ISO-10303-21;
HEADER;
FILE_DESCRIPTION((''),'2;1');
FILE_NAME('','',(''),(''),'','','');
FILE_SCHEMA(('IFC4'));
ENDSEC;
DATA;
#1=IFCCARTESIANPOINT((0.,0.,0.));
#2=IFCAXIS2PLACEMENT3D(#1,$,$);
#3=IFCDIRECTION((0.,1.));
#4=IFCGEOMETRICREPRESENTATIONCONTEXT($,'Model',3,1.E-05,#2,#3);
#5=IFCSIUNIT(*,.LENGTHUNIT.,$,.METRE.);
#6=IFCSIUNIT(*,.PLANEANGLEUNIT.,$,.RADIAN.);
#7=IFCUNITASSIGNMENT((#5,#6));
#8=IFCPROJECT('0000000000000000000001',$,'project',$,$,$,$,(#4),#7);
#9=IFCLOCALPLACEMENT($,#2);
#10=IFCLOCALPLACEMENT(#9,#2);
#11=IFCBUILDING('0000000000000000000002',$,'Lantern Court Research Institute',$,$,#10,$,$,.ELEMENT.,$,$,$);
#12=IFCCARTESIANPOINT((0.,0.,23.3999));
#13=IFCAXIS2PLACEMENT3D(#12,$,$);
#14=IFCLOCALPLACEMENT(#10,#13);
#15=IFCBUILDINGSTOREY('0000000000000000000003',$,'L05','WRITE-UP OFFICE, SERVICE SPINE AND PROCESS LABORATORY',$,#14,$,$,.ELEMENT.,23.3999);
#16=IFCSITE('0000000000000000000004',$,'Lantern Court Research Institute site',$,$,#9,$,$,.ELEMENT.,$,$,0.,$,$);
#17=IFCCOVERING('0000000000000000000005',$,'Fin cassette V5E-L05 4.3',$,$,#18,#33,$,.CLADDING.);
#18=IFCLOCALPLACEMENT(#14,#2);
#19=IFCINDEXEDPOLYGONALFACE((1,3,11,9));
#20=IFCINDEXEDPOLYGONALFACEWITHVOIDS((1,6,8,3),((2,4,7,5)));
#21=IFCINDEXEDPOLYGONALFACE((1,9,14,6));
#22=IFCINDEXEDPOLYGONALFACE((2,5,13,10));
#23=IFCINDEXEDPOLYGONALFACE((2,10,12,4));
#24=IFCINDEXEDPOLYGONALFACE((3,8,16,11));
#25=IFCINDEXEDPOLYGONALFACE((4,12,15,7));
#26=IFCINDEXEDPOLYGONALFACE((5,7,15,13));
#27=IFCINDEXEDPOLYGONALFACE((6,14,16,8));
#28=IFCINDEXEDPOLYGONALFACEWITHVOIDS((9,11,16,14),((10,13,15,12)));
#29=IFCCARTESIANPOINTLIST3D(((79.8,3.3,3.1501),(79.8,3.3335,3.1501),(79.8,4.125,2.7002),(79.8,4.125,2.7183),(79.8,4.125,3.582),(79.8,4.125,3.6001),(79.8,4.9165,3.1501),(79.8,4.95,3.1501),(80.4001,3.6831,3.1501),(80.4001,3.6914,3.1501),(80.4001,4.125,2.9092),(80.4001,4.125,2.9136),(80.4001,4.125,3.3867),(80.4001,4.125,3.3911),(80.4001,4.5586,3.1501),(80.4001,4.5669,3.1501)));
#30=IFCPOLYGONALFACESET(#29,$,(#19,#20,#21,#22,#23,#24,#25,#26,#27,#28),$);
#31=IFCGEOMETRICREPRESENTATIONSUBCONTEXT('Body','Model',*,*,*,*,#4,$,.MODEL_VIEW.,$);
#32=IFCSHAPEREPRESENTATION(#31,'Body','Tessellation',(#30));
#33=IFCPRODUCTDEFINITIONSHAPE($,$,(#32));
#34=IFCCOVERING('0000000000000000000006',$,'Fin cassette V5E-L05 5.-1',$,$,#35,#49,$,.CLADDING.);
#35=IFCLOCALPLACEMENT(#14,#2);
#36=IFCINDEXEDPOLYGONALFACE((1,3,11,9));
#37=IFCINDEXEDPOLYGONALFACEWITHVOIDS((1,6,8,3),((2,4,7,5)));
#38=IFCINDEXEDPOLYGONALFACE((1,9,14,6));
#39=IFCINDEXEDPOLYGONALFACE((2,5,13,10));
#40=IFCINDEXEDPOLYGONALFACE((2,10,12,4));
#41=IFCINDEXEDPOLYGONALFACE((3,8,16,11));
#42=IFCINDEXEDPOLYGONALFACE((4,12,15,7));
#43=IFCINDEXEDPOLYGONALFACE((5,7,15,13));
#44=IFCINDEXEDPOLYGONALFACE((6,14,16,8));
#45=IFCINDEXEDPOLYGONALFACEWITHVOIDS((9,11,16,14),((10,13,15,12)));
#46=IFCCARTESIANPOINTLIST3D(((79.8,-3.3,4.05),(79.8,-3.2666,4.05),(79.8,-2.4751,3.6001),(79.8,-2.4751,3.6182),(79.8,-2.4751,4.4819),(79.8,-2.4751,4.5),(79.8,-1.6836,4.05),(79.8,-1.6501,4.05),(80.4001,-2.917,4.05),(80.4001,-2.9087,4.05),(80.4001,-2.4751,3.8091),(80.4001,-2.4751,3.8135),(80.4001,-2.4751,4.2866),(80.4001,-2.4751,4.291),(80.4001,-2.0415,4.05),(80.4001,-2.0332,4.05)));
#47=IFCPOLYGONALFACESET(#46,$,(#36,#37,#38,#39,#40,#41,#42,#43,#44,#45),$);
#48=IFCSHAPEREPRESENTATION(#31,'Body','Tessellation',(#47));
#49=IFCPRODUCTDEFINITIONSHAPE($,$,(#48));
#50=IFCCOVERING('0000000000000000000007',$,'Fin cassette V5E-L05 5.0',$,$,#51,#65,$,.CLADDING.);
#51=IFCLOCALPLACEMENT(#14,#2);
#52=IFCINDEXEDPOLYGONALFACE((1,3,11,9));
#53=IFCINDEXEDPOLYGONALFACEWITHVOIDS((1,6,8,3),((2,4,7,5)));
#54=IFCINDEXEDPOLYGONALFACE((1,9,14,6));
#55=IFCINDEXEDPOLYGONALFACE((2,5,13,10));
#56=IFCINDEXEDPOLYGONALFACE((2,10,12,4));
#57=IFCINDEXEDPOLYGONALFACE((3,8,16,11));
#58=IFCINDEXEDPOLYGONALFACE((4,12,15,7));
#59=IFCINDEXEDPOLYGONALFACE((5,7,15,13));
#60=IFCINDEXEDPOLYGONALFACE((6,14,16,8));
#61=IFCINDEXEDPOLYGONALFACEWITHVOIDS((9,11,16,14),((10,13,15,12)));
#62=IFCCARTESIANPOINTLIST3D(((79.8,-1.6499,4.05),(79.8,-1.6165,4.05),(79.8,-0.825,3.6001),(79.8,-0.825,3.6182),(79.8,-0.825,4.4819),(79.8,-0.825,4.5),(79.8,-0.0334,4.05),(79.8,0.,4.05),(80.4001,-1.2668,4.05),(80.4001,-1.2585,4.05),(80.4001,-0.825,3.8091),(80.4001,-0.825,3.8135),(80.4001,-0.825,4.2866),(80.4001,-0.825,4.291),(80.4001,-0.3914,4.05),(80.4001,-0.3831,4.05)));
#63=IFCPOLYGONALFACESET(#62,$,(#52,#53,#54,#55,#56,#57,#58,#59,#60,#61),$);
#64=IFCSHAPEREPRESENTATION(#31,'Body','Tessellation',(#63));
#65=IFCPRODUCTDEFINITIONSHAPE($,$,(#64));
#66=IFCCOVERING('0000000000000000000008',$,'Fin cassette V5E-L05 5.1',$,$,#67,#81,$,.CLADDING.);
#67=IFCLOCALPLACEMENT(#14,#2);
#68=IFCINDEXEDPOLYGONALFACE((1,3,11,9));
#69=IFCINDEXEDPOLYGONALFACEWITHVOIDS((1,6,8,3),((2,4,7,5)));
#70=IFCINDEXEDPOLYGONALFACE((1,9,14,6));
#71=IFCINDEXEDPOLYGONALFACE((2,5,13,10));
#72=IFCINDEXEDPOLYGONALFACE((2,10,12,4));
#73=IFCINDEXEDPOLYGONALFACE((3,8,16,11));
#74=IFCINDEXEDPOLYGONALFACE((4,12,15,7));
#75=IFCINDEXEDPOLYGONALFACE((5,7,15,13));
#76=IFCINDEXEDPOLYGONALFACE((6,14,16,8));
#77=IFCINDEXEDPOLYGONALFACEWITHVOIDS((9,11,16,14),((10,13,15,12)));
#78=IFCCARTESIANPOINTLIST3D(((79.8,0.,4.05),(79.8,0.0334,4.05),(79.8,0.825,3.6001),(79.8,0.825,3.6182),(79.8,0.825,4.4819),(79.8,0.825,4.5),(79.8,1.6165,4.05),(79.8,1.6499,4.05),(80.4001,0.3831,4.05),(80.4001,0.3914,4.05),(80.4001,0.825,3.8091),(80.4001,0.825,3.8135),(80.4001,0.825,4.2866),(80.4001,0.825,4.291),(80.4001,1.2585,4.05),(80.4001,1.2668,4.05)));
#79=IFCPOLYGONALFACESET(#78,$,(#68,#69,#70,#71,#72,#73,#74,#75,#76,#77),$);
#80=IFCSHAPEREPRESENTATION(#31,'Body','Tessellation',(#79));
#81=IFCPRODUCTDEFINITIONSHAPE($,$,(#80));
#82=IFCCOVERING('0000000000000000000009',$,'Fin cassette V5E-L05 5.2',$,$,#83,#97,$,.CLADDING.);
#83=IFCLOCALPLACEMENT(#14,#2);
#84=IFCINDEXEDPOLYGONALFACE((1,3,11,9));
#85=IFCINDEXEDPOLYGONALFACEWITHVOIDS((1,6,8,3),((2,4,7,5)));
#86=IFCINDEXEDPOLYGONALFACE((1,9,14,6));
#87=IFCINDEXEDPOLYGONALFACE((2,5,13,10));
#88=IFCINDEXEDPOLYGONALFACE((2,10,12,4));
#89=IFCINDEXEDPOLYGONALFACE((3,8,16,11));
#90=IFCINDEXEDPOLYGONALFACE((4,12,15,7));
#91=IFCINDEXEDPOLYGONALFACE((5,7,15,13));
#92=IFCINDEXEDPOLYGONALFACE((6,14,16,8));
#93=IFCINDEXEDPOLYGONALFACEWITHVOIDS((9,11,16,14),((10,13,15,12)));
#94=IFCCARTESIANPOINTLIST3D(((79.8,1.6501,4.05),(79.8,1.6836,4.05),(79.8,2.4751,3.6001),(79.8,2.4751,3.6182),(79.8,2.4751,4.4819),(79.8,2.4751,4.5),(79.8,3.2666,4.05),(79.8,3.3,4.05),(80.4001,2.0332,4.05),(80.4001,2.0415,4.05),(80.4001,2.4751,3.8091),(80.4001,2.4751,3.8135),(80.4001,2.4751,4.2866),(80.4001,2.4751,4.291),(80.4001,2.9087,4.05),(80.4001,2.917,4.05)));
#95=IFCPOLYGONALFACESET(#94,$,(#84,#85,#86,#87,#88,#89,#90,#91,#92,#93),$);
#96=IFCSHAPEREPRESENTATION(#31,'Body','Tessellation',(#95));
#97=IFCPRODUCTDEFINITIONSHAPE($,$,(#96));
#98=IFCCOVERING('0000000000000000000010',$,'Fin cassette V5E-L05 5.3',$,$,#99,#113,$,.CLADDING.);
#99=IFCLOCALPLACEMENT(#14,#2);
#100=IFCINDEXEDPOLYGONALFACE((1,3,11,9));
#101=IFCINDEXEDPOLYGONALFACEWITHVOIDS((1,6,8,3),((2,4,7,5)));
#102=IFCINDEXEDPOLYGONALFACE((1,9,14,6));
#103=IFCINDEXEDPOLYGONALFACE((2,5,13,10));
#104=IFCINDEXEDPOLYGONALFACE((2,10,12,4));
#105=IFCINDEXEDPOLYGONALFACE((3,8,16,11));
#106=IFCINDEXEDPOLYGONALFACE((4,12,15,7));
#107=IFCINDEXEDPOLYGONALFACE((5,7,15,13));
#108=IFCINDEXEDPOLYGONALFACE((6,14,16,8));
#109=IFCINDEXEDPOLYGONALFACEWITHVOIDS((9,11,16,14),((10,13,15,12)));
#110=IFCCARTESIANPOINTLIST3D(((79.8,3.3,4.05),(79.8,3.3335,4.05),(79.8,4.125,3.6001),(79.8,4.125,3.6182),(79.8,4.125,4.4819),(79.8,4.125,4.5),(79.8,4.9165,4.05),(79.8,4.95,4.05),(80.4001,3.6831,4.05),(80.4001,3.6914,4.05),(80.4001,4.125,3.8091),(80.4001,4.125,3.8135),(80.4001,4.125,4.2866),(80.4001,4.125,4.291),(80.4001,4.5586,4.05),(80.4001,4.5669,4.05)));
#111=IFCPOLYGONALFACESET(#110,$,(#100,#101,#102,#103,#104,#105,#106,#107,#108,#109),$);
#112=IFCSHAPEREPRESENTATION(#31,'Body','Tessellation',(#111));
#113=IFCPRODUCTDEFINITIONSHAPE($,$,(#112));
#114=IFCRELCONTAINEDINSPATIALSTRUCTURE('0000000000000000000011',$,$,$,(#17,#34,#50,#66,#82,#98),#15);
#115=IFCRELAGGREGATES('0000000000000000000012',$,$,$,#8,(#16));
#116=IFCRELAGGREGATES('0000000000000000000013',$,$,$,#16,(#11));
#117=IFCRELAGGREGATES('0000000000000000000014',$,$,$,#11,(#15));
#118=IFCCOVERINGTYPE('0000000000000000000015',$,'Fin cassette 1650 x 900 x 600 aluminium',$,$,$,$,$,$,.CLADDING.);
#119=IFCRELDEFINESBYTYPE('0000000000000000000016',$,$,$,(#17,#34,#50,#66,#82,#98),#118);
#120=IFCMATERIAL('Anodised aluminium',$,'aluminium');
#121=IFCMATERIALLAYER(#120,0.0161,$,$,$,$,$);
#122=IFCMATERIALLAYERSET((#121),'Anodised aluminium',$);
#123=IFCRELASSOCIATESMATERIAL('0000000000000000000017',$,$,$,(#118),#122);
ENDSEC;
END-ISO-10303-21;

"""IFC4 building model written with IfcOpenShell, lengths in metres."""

from ifc_helpers import new_model, entity, si_unit, direction, frame, origin, place, context, subcontext, project, spatial, material, layer, layer_set, type_object, element, save


model = new_model("IFC4")

# Units and contexts
model_context = context("Model", 3, precision=1e-05, world=origin(), true_north=direction((0.0, 1.0)))
body_context = subcontext(model_context, "Body", "Model", "MODEL_VIEW")
ifc_project = project(units=[si_unit("LENGTHUNIT", "METRE"), si_unit("PLANEANGLEUNIT", "RADIAN")], contexts=[model_context])

# Site, building, storey
site_placement = place(None, origin())
site = spatial("IfcSite", under=ifc_project, at=site_placement, Name="Lantern Court Research Institute site", CompositionType="ELEMENT", RefElevation=0.0)
building_placement = place(site_placement, origin())
building = spatial("IfcBuilding", under=site, at=building_placement, Name="Lantern Court Research Institute", CompositionType="ELEMENT")
storey_placement = place(building_placement, frame((0.0, 0.0, 23.3999)))
storey = spatial("IfcBuildingStorey", under=building, at=storey_placement, Name="L05", Description="WRITE-UP OFFICE, SERVICE SPINE AND PROCESS LABORATORY", CompositionType="ELEMENT", Elevation=23.3999)

# Coverings
ifc_material_1 = material(Name="Anodised aluminium", Category="aluminium")
ifc_layer_1 = layer(ifc_material_1, 0.0161)
ifc_layer_set_1 = layer_set([ifc_layer_1], Name="Anodised aluminium")
covering_type = type_object("IfcCoveringType", Name="Fin cassette 1650 x 900 x 600 aluminium", PredefinedType="CLADDING", material=ifc_layer_set_1)
covering_1_placement = place(storey_placement, frame((79.8, 4.125, 3.1501), z_axis=(1.0, 0.0, 0.0), x_axis=(0.0, 1.0, 0.0)))
cartesian_point_1 = entity("IfcCartesianPoint", [0.825, 0.0])
cartesian_point_2 = entity("IfcCartesianPoint", [0.7915, 0.0])
cartesian_point_3 = entity("IfcCartesianPoint", [0.4419, 0.0])
cartesian_point_4 = entity("IfcCartesianPoint", [0.4336, 0.0])
element("IfcCovering", 1, at=covering_1_placement, inside=storey, type_object=covering_type, Name="Fin cassette V5E-L05 4.3", PredefinedType="CLADDING", context=body_context, shape_type="SweptSolid", body=[
    entity("IfcExtrudedAreaSolidTapered", entity("IfcArbitraryProfileDefWithVoids", "AREA", None, entity("IfcPolyline", [cartesian_point_1, entity("IfcCartesianPoint", [0.0, 0.45]), entity("IfcCartesianPoint", [-0.825, 0.0]), entity("IfcCartesianPoint", [0.0, -0.45]), cartesian_point_1]), [entity("IfcPolyline", [cartesian_point_2, entity("IfcCartesianPoint", [0.0, 0.4319]), entity("IfcCartesianPoint", [-0.7915, 0.0]), entity("IfcCartesianPoint", [0.0, -0.4319]), cartesian_point_2])]), entity("IfcAxis2Placement3D", entity("IfcCartesianPoint", [0.0, 0.0, 0.0])), entity("IfcDirection", [0.0, 0.0, 1.0]), 0.6001, entity("IfcArbitraryProfileDefWithVoids", "AREA", None, entity("IfcPolyline", [cartesian_point_3, entity("IfcCartesianPoint", [0.0, 0.241]), entity("IfcCartesianPoint", [-0.4419, 0.0]), entity("IfcCartesianPoint", [0.0, -0.241]), cartesian_point_3]), [entity("IfcPolyline", [cartesian_point_4, entity("IfcCartesianPoint", [0.0, 0.2366]), entity("IfcCartesianPoint", [-0.4336, 0.0]), entity("IfcCartesianPoint", [0.0, -0.2366]), cartesian_point_4])])),
])
covering_2_placement = place(storey_placement, frame((79.8, -2.4751, 4.05), z_axis=(1.0, 0.0, 0.0), x_axis=(0.0, 1.0, 0.0)))
cartesian_point_5 = entity("IfcCartesianPoint", [0.825, 0.0])
cartesian_point_6 = entity("IfcCartesianPoint", [0.7915, 0.0])
cartesian_point_7 = entity("IfcCartesianPoint", [0.4419, 0.0])
cartesian_point_8 = entity("IfcCartesianPoint", [0.4336, 0.0])
element("IfcCovering", 2, at=covering_2_placement, inside=storey, type_object=covering_type, Name="Fin cassette V5E-L05 5.-1", PredefinedType="CLADDING", context=body_context, shape_type="SweptSolid", body=[
    entity("IfcExtrudedAreaSolidTapered", entity("IfcArbitraryProfileDefWithVoids", "AREA", None, entity("IfcPolyline", [cartesian_point_5, entity("IfcCartesianPoint", [0.0, 0.45]), entity("IfcCartesianPoint", [-0.825, 0.0]), entity("IfcCartesianPoint", [0.0, -0.45]), cartesian_point_5]), [entity("IfcPolyline", [cartesian_point_6, entity("IfcCartesianPoint", [0.0, 0.4319]), entity("IfcCartesianPoint", [-0.7915, 0.0]), entity("IfcCartesianPoint", [0.0, -0.4319]), cartesian_point_6])]), entity("IfcAxis2Placement3D", entity("IfcCartesianPoint", [0.0, 0.0, 0.0])), entity("IfcDirection", [0.0, 0.0, 1.0]), 0.6001, entity("IfcArbitraryProfileDefWithVoids", "AREA", None, entity("IfcPolyline", [cartesian_point_7, entity("IfcCartesianPoint", [0.0, 0.241]), entity("IfcCartesianPoint", [-0.4419, 0.0]), entity("IfcCartesianPoint", [0.0, -0.241]), cartesian_point_7]), [entity("IfcPolyline", [cartesian_point_8, entity("IfcCartesianPoint", [0.0, 0.2366]), entity("IfcCartesianPoint", [-0.4336, 0.0]), entity("IfcCartesianPoint", [0.0, -0.2366]), cartesian_point_8])])),
])
covering_3_placement = place(storey_placement, frame((79.8, -0.825, 4.05), z_axis=(1.0, 0.0, 0.0), x_axis=(0.0, 1.0, 0.0)))
cartesian_point_9 = entity("IfcCartesianPoint", [0.825, 0.0])
cartesian_point_10 = entity("IfcCartesianPoint", [0.7915, 0.0])
cartesian_point_11 = entity("IfcCartesianPoint", [0.4419, 0.0])
cartesian_point_12 = entity("IfcCartesianPoint", [0.4336, 0.0])
element("IfcCovering", 3, at=covering_3_placement, inside=storey, type_object=covering_type, Name="Fin cassette V5E-L05 5.0", PredefinedType="CLADDING", context=body_context, shape_type="SweptSolid", body=[
    entity("IfcExtrudedAreaSolidTapered", entity("IfcArbitraryProfileDefWithVoids", "AREA", None, entity("IfcPolyline", [cartesian_point_9, entity("IfcCartesianPoint", [0.0, 0.45]), entity("IfcCartesianPoint", [-0.825, 0.0]), entity("IfcCartesianPoint", [0.0, -0.45]), cartesian_point_9]), [entity("IfcPolyline", [cartesian_point_10, entity("IfcCartesianPoint", [0.0, 0.4319]), entity("IfcCartesianPoint", [-0.7915, 0.0]), entity("IfcCartesianPoint", [0.0, -0.4319]), cartesian_point_10])]), entity("IfcAxis2Placement3D", entity("IfcCartesianPoint", [0.0, 0.0, 0.0])), entity("IfcDirection", [0.0, 0.0, 1.0]), 0.6001, entity("IfcArbitraryProfileDefWithVoids", "AREA", None, entity("IfcPolyline", [cartesian_point_11, entity("IfcCartesianPoint", [0.0, 0.241]), entity("IfcCartesianPoint", [-0.4419, 0.0]), entity("IfcCartesianPoint", [0.0, -0.241]), cartesian_point_11]), [entity("IfcPolyline", [cartesian_point_12, entity("IfcCartesianPoint", [0.0, 0.2366]), entity("IfcCartesianPoint", [-0.4336, 0.0]), entity("IfcCartesianPoint", [0.0, -0.2366]), cartesian_point_12])])),
])
covering_4_placement = place(storey_placement, frame((79.8, 0.825, 4.05), z_axis=(1.0, 0.0, 0.0), x_axis=(0.0, 1.0, 0.0)))
cartesian_point_13 = entity("IfcCartesianPoint", [0.825, 0.0])
cartesian_point_14 = entity("IfcCartesianPoint", [0.7915, 0.0])
cartesian_point_15 = entity("IfcCartesianPoint", [0.4419, 0.0])
cartesian_point_16 = entity("IfcCartesianPoint", [0.4336, 0.0])
element("IfcCovering", 4, at=covering_4_placement, inside=storey, type_object=covering_type, Name="Fin cassette V5E-L05 5.1", PredefinedType="CLADDING", context=body_context, shape_type="SweptSolid", body=[
    entity("IfcExtrudedAreaSolidTapered", entity("IfcArbitraryProfileDefWithVoids", "AREA", None, entity("IfcPolyline", [cartesian_point_13, entity("IfcCartesianPoint", [0.0, 0.45]), entity("IfcCartesianPoint", [-0.825, 0.0]), entity("IfcCartesianPoint", [0.0, -0.45]), cartesian_point_13]), [entity("IfcPolyline", [cartesian_point_14, entity("IfcCartesianPoint", [0.0, 0.4319]), entity("IfcCartesianPoint", [-0.7915, 0.0]), entity("IfcCartesianPoint", [0.0, -0.4319]), cartesian_point_14])]), entity("IfcAxis2Placement3D", entity("IfcCartesianPoint", [0.0, 0.0, 0.0])), entity("IfcDirection", [0.0, 0.0, 1.0]), 0.6001, entity("IfcArbitraryProfileDefWithVoids", "AREA", None, entity("IfcPolyline", [cartesian_point_15, entity("IfcCartesianPoint", [0.0, 0.241]), entity("IfcCartesianPoint", [-0.4419, 0.0]), entity("IfcCartesianPoint", [0.0, -0.241]), cartesian_point_15]), [entity("IfcPolyline", [cartesian_point_16, entity("IfcCartesianPoint", [0.0, 0.2366]), entity("IfcCartesianPoint", [-0.4336, 0.0]), entity("IfcCartesianPoint", [0.0, -0.2366]), cartesian_point_16])])),
])
covering_5_placement = place(storey_placement, frame((79.8, 2.4751, 4.05), z_axis=(1.0, 0.0, 0.0), x_axis=(0.0, 1.0, 0.0)))
cartesian_point_17 = entity("IfcCartesianPoint", [0.825, 0.0])
cartesian_point_18 = entity("IfcCartesianPoint", [0.7915, 0.0])
cartesian_point_19 = entity("IfcCartesianPoint", [0.4419, 0.0])
cartesian_point_20 = entity("IfcCartesianPoint", [0.4336, 0.0])
element("IfcCovering", 5, at=covering_5_placement, inside=storey, type_object=covering_type, Name="Fin cassette V5E-L05 5.2", PredefinedType="CLADDING", context=body_context, shape_type="SweptSolid", body=[
    entity("IfcExtrudedAreaSolidTapered", entity("IfcArbitraryProfileDefWithVoids", "AREA", None, entity("IfcPolyline", [cartesian_point_17, entity("IfcCartesianPoint", [0.0, 0.45]), entity("IfcCartesianPoint", [-0.825, 0.0]), entity("IfcCartesianPoint", [0.0, -0.45]), cartesian_point_17]), [entity("IfcPolyline", [cartesian_point_18, entity("IfcCartesianPoint", [0.0, 0.4319]), entity("IfcCartesianPoint", [-0.7915, 0.0]), entity("IfcCartesianPoint", [0.0, -0.4319]), cartesian_point_18])]), entity("IfcAxis2Placement3D", entity("IfcCartesianPoint", [0.0, 0.0, 0.0])), entity("IfcDirection", [0.0, 0.0, 1.0]), 0.6001, entity("IfcArbitraryProfileDefWithVoids", "AREA", None, entity("IfcPolyline", [cartesian_point_19, entity("IfcCartesianPoint", [0.0, 0.241]), entity("IfcCartesianPoint", [-0.4419, 0.0]), entity("IfcCartesianPoint", [0.0, -0.241]), cartesian_point_19]), [entity("IfcPolyline", [cartesian_point_20, entity("IfcCartesianPoint", [0.0, 0.2366]), entity("IfcCartesianPoint", [-0.4336, 0.0]), entity("IfcCartesianPoint", [0.0, -0.2366]), cartesian_point_20])])),
])
covering_6_placement = place(storey_placement, frame((79.8, 4.125, 4.05), z_axis=(1.0, 0.0, 0.0), x_axis=(0.0, 1.0, 0.0)))
cartesian_point_21 = entity("IfcCartesianPoint", [0.825, 0.0])
cartesian_point_22 = entity("IfcCartesianPoint", [0.7915, 0.0])
cartesian_point_23 = entity("IfcCartesianPoint", [0.4419, 0.0])
cartesian_point_24 = entity("IfcCartesianPoint", [0.4336, 0.0])
element("IfcCovering", 6, at=covering_6_placement, inside=storey, type_object=covering_type, Name="Fin cassette V5E-L05 5.3", PredefinedType="CLADDING", context=body_context, shape_type="SweptSolid", body=[
    entity("IfcExtrudedAreaSolidTapered", entity("IfcArbitraryProfileDefWithVoids", "AREA", None, entity("IfcPolyline", [cartesian_point_21, entity("IfcCartesianPoint", [0.0, 0.45]), entity("IfcCartesianPoint", [-0.825, 0.0]), entity("IfcCartesianPoint", [0.0, -0.45]), cartesian_point_21]), [entity("IfcPolyline", [cartesian_point_22, entity("IfcCartesianPoint", [0.0, 0.4319]), entity("IfcCartesianPoint", [-0.7915, 0.0]), entity("IfcCartesianPoint", [0.0, -0.4319]), cartesian_point_22])]), entity("IfcAxis2Placement3D", entity("IfcCartesianPoint", [0.0, 0.0, 0.0])), entity("IfcDirection", [0.0, 0.0, 1.0]), 0.6001, entity("IfcArbitraryProfileDefWithVoids", "AREA", None, entity("IfcPolyline", [cartesian_point_23, entity("IfcCartesianPoint", [0.0, 0.241]), entity("IfcCartesianPoint", [-0.4419, 0.0]), entity("IfcCartesianPoint", [0.0, -0.241]), cartesian_point_23]), [entity("IfcPolyline", [cartesian_point_24, entity("IfcCartesianPoint", [0.0, 0.2366]), entity("IfcCartesianPoint", [-0.4336, 0.0]), entity("IfcCartesianPoint", [0.0, -0.2366]), cartesian_point_24])])),
])

save(model, "model.ifc")
